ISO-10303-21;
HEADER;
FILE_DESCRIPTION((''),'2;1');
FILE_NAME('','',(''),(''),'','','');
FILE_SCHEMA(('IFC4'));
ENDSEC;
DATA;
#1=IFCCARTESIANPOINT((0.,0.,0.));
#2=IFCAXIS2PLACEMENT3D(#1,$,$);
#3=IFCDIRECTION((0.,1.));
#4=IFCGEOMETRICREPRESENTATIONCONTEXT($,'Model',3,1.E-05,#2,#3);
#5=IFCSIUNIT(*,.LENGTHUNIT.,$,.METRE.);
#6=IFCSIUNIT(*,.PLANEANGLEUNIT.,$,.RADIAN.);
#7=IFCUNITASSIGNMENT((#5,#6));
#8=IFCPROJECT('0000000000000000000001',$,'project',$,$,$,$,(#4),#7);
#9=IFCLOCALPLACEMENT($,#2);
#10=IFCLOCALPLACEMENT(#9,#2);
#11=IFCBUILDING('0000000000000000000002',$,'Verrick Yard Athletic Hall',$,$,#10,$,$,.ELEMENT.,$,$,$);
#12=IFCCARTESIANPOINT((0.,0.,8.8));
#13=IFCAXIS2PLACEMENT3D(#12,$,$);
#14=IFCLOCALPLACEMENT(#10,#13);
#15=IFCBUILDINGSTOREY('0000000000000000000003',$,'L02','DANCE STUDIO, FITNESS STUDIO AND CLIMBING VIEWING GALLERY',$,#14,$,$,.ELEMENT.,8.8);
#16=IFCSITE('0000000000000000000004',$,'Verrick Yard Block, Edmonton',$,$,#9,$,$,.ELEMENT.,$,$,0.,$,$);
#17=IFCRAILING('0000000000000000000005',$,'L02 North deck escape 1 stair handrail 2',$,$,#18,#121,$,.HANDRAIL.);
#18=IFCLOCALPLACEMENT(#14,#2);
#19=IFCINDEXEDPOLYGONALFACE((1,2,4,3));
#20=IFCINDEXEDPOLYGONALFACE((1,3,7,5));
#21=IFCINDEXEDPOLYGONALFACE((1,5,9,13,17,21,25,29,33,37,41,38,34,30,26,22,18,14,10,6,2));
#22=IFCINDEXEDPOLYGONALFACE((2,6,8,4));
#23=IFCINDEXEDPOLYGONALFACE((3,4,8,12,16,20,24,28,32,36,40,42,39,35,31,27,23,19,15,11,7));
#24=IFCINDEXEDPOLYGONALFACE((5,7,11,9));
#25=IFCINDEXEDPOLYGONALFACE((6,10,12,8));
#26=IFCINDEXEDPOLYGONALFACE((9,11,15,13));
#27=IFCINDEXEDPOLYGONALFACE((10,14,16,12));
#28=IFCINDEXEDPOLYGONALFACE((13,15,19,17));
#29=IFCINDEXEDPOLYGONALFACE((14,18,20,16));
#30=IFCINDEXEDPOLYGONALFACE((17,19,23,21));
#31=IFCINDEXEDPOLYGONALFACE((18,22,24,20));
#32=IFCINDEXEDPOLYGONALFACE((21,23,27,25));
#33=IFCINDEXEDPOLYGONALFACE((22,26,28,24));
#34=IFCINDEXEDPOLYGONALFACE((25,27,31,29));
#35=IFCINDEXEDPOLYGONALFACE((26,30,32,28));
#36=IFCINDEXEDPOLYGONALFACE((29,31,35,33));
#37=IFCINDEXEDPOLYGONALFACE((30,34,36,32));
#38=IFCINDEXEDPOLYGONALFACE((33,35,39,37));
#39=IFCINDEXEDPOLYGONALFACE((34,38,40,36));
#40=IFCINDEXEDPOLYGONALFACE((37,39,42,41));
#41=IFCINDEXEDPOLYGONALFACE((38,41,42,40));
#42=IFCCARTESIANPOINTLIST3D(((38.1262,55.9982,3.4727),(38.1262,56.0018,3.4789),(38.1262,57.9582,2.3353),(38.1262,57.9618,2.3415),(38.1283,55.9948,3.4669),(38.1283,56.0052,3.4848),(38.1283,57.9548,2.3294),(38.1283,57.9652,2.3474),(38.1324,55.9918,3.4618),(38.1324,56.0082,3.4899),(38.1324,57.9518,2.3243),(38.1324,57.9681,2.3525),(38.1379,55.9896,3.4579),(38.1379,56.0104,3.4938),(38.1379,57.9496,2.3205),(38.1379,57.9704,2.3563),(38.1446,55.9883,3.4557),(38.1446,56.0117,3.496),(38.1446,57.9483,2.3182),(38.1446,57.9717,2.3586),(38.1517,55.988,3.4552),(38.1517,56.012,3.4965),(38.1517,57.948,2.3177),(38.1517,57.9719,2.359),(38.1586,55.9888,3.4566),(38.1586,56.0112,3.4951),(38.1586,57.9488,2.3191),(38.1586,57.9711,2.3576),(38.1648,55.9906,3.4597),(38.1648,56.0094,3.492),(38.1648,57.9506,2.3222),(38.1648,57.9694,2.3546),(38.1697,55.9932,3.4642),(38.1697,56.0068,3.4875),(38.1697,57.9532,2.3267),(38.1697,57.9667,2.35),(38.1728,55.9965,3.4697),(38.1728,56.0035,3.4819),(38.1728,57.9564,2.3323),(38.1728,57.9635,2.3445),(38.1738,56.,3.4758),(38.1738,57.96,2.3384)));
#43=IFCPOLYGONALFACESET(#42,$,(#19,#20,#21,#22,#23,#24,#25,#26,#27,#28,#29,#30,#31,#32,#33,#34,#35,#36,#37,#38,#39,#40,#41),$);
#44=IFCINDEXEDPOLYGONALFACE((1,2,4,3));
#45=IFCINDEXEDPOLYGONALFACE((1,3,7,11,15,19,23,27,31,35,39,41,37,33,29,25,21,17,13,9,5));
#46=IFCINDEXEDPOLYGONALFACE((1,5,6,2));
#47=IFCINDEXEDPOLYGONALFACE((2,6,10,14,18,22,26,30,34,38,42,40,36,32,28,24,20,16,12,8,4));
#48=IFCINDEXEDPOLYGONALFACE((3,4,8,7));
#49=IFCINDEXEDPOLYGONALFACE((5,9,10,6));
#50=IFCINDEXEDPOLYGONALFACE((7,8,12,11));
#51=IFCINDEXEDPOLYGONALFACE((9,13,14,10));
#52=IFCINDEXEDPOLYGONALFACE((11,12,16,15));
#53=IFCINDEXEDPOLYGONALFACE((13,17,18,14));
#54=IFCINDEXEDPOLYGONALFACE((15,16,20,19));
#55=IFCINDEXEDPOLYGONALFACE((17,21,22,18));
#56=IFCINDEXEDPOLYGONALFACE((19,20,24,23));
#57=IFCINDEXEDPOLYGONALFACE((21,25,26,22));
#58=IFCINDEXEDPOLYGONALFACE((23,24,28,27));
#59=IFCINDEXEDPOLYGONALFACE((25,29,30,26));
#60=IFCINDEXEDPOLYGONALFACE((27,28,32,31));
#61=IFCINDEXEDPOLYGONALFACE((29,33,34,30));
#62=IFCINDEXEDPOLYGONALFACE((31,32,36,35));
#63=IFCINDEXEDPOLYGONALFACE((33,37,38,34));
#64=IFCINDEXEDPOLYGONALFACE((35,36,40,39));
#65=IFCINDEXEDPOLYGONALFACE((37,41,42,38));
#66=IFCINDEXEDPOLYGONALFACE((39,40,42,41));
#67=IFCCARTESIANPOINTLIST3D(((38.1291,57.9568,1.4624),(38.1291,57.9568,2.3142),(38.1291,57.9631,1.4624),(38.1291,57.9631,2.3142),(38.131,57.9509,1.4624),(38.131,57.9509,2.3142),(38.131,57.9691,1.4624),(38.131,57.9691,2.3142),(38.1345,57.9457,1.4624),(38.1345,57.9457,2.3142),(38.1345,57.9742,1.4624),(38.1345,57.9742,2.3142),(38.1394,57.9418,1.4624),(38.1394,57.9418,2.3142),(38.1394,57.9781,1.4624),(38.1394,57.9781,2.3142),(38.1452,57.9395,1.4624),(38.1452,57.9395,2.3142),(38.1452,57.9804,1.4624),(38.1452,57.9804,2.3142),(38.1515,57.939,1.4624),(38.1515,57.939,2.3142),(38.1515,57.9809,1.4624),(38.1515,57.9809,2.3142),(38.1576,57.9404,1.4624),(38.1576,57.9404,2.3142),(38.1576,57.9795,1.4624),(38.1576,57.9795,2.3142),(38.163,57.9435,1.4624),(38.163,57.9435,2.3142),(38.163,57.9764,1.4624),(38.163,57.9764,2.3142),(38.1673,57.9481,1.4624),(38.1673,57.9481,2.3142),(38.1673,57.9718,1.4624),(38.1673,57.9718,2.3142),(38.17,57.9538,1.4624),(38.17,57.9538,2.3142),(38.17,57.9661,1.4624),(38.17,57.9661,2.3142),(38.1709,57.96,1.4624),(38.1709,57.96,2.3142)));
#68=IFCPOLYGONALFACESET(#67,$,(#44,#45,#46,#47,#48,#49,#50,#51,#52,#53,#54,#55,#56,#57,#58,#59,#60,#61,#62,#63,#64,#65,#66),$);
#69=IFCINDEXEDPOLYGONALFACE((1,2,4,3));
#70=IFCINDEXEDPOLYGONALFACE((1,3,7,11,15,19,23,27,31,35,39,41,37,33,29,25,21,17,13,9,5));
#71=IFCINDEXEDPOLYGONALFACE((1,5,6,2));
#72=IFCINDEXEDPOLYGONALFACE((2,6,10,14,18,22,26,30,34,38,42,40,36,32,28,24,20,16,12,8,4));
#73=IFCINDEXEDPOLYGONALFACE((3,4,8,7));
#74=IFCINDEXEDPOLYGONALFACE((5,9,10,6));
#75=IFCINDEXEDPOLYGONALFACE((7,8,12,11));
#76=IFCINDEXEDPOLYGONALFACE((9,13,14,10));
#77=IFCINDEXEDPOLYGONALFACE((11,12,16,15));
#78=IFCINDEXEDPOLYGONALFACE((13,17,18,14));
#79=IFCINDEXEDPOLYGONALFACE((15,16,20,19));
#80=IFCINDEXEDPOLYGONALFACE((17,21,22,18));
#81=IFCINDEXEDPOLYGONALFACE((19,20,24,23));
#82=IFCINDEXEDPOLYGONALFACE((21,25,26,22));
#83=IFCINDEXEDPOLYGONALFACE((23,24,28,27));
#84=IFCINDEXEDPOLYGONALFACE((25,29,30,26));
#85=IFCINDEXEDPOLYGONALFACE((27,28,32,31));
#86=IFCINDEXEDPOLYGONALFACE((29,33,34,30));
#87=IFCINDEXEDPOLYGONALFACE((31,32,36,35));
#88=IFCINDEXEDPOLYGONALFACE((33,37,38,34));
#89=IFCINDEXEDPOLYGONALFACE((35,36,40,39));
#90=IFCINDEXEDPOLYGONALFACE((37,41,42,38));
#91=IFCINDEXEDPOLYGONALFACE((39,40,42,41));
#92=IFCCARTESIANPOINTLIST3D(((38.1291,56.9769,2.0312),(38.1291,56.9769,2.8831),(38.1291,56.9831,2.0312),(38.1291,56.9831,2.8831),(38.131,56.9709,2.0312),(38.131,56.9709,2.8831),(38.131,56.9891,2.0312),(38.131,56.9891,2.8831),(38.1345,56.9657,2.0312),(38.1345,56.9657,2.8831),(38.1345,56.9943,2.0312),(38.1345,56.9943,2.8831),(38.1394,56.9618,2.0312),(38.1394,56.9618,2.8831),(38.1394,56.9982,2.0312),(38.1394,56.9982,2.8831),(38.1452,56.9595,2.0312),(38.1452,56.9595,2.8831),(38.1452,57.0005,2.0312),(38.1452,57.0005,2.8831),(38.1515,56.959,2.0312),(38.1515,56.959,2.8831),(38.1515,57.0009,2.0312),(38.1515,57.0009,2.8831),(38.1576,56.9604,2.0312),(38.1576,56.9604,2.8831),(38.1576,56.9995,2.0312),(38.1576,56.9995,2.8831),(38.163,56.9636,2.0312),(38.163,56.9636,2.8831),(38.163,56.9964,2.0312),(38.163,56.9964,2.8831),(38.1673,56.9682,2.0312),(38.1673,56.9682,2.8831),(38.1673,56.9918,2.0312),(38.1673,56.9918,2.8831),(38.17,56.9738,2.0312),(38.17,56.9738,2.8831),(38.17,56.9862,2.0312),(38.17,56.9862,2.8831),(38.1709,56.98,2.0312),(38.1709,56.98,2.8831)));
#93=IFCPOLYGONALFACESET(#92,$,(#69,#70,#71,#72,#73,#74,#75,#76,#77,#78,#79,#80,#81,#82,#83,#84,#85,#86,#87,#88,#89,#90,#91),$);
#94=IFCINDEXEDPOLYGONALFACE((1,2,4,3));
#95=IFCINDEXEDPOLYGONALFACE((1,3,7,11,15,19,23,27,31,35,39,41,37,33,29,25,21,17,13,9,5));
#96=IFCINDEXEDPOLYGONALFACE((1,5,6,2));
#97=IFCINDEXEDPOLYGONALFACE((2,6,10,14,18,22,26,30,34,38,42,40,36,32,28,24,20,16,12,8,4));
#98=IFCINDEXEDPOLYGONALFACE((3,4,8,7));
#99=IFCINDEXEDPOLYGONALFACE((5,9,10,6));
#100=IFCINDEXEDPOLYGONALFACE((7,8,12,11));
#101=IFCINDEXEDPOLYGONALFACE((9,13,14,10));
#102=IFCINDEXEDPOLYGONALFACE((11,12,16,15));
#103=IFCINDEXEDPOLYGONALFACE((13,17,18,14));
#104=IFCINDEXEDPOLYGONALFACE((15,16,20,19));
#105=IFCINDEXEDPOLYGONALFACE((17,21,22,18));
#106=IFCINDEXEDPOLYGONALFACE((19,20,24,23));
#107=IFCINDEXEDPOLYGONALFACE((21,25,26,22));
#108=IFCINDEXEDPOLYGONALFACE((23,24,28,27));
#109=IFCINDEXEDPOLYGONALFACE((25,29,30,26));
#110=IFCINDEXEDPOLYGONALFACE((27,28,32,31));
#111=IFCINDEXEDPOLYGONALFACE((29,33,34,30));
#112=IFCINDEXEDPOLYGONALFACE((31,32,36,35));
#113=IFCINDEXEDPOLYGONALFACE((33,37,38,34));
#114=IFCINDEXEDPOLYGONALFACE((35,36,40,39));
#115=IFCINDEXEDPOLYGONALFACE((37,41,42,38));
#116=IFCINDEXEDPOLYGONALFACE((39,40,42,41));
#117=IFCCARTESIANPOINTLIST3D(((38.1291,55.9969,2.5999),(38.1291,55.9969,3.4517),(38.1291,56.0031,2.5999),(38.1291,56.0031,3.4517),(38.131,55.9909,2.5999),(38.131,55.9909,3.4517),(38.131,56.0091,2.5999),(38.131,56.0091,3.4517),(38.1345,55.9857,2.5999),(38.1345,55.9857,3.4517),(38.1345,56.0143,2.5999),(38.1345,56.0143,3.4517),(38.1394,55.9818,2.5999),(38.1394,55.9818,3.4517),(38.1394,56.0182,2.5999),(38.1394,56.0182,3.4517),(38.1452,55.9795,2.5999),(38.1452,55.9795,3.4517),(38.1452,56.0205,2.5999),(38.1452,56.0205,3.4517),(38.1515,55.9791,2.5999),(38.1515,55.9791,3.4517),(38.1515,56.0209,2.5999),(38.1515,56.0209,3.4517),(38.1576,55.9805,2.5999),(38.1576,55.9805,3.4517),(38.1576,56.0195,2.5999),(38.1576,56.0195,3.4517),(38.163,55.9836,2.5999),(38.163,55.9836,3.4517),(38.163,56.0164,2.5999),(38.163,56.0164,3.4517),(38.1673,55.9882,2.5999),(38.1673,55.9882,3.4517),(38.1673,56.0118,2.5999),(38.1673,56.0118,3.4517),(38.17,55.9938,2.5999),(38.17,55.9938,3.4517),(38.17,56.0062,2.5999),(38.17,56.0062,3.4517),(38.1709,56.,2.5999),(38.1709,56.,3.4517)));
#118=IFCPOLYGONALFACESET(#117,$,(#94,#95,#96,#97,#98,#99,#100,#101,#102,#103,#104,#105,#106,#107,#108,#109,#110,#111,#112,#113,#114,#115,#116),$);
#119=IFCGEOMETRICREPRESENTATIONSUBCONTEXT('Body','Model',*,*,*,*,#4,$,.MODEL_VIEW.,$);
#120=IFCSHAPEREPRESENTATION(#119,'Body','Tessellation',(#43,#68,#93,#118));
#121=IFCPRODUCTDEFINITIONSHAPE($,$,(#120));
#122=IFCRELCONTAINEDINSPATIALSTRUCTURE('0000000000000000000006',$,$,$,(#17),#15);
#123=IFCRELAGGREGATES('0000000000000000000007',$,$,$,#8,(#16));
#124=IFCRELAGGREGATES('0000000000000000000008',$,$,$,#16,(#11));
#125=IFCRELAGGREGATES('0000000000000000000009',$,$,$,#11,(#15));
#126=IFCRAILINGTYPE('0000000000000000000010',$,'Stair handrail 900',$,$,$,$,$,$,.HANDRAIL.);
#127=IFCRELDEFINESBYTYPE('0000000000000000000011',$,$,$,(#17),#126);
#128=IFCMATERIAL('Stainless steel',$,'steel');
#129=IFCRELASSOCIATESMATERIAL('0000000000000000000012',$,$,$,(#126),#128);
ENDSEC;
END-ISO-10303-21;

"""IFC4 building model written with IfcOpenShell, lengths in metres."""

from ifc_helpers import new_model, si_unit, direction, frame, origin, origin_2d, place, context, subcontext, project, spatial, circle, extrude, material, type_object, element, save


model = new_model("IFC4")

# Units and contexts
model_context = context("Model", 3, precision=1e-05, world=origin(), true_north=direction((0.0, 1.0)))
body_context = subcontext(model_context, "Body", "Model", "MODEL_VIEW")
ifc_project = project(units=[si_unit("LENGTHUNIT", "METRE"), si_unit("PLANEANGLEUNIT", "RADIAN")], contexts=[model_context])

# Site, building, storey
site_placement = place(None, origin())
site = spatial("IfcSite", under=ifc_project, at=site_placement, Name="Verrick Yard Block, Edmonton", CompositionType="ELEMENT", RefElevation=0.0)
building_placement = place(site_placement, origin())
building = spatial("IfcBuilding", under=site, at=building_placement, Name="Verrick Yard Athletic Hall", CompositionType="ELEMENT")
storey_placement = place(building_placement, frame((0.0, 0.0, 8.8)))
storey = spatial("IfcBuildingStorey", under=building, at=storey_placement, Name="L02", Description="DANCE STUDIO, FITNESS STUDIO AND CLIMBING VIEWING GALLERY", CompositionType="ELEMENT", Elevation=8.8)

# Railing
ifc_material_1 = material(Name="Stainless steel", Category="steel")
railing_type_1 = type_object("IfcRailingType", Name="Stair handrail 900", PredefinedType="HANDRAIL", material=ifc_material_1)
railing_1_placement = place(storey_placement, frame((38.1499, 57.96, 1.4624)))
element("IfcRailing", 1, at=railing_1_placement, inside=storey, type_object=railing_type_1, Name="L02 North deck escape 1 stair handrail 2", PredefinedType="HANDRAIL", context=body_context, shape_type="SweptSolid", body=[
    extrude(circle(Radius=0.0239, at=origin_2d()), frame((0.0, 0.0, 0.876), z_axis=(0.0, -0.864902, 0.501941), x_axis=(1.0, 0.0, 0.0)), (0.0, 0.0, 1.0), 2.2661),
    extrude(circle(Radius=0.021, at=origin_2d()), origin(), (0.0, 0.0, 1.0), 0.8518),
    extrude(circle(Radius=0.021, at=origin_2d()), frame((0.0, -0.98, 0.5688)), (0.0, 0.0, 1.0), 0.8518),
    extrude(circle(Radius=0.021, at=origin_2d()), frame((0.0, -1.96, 1.1375)), (0.0, 0.0, 1.0), 0.8518),
])

save(model, "model.ifc")
